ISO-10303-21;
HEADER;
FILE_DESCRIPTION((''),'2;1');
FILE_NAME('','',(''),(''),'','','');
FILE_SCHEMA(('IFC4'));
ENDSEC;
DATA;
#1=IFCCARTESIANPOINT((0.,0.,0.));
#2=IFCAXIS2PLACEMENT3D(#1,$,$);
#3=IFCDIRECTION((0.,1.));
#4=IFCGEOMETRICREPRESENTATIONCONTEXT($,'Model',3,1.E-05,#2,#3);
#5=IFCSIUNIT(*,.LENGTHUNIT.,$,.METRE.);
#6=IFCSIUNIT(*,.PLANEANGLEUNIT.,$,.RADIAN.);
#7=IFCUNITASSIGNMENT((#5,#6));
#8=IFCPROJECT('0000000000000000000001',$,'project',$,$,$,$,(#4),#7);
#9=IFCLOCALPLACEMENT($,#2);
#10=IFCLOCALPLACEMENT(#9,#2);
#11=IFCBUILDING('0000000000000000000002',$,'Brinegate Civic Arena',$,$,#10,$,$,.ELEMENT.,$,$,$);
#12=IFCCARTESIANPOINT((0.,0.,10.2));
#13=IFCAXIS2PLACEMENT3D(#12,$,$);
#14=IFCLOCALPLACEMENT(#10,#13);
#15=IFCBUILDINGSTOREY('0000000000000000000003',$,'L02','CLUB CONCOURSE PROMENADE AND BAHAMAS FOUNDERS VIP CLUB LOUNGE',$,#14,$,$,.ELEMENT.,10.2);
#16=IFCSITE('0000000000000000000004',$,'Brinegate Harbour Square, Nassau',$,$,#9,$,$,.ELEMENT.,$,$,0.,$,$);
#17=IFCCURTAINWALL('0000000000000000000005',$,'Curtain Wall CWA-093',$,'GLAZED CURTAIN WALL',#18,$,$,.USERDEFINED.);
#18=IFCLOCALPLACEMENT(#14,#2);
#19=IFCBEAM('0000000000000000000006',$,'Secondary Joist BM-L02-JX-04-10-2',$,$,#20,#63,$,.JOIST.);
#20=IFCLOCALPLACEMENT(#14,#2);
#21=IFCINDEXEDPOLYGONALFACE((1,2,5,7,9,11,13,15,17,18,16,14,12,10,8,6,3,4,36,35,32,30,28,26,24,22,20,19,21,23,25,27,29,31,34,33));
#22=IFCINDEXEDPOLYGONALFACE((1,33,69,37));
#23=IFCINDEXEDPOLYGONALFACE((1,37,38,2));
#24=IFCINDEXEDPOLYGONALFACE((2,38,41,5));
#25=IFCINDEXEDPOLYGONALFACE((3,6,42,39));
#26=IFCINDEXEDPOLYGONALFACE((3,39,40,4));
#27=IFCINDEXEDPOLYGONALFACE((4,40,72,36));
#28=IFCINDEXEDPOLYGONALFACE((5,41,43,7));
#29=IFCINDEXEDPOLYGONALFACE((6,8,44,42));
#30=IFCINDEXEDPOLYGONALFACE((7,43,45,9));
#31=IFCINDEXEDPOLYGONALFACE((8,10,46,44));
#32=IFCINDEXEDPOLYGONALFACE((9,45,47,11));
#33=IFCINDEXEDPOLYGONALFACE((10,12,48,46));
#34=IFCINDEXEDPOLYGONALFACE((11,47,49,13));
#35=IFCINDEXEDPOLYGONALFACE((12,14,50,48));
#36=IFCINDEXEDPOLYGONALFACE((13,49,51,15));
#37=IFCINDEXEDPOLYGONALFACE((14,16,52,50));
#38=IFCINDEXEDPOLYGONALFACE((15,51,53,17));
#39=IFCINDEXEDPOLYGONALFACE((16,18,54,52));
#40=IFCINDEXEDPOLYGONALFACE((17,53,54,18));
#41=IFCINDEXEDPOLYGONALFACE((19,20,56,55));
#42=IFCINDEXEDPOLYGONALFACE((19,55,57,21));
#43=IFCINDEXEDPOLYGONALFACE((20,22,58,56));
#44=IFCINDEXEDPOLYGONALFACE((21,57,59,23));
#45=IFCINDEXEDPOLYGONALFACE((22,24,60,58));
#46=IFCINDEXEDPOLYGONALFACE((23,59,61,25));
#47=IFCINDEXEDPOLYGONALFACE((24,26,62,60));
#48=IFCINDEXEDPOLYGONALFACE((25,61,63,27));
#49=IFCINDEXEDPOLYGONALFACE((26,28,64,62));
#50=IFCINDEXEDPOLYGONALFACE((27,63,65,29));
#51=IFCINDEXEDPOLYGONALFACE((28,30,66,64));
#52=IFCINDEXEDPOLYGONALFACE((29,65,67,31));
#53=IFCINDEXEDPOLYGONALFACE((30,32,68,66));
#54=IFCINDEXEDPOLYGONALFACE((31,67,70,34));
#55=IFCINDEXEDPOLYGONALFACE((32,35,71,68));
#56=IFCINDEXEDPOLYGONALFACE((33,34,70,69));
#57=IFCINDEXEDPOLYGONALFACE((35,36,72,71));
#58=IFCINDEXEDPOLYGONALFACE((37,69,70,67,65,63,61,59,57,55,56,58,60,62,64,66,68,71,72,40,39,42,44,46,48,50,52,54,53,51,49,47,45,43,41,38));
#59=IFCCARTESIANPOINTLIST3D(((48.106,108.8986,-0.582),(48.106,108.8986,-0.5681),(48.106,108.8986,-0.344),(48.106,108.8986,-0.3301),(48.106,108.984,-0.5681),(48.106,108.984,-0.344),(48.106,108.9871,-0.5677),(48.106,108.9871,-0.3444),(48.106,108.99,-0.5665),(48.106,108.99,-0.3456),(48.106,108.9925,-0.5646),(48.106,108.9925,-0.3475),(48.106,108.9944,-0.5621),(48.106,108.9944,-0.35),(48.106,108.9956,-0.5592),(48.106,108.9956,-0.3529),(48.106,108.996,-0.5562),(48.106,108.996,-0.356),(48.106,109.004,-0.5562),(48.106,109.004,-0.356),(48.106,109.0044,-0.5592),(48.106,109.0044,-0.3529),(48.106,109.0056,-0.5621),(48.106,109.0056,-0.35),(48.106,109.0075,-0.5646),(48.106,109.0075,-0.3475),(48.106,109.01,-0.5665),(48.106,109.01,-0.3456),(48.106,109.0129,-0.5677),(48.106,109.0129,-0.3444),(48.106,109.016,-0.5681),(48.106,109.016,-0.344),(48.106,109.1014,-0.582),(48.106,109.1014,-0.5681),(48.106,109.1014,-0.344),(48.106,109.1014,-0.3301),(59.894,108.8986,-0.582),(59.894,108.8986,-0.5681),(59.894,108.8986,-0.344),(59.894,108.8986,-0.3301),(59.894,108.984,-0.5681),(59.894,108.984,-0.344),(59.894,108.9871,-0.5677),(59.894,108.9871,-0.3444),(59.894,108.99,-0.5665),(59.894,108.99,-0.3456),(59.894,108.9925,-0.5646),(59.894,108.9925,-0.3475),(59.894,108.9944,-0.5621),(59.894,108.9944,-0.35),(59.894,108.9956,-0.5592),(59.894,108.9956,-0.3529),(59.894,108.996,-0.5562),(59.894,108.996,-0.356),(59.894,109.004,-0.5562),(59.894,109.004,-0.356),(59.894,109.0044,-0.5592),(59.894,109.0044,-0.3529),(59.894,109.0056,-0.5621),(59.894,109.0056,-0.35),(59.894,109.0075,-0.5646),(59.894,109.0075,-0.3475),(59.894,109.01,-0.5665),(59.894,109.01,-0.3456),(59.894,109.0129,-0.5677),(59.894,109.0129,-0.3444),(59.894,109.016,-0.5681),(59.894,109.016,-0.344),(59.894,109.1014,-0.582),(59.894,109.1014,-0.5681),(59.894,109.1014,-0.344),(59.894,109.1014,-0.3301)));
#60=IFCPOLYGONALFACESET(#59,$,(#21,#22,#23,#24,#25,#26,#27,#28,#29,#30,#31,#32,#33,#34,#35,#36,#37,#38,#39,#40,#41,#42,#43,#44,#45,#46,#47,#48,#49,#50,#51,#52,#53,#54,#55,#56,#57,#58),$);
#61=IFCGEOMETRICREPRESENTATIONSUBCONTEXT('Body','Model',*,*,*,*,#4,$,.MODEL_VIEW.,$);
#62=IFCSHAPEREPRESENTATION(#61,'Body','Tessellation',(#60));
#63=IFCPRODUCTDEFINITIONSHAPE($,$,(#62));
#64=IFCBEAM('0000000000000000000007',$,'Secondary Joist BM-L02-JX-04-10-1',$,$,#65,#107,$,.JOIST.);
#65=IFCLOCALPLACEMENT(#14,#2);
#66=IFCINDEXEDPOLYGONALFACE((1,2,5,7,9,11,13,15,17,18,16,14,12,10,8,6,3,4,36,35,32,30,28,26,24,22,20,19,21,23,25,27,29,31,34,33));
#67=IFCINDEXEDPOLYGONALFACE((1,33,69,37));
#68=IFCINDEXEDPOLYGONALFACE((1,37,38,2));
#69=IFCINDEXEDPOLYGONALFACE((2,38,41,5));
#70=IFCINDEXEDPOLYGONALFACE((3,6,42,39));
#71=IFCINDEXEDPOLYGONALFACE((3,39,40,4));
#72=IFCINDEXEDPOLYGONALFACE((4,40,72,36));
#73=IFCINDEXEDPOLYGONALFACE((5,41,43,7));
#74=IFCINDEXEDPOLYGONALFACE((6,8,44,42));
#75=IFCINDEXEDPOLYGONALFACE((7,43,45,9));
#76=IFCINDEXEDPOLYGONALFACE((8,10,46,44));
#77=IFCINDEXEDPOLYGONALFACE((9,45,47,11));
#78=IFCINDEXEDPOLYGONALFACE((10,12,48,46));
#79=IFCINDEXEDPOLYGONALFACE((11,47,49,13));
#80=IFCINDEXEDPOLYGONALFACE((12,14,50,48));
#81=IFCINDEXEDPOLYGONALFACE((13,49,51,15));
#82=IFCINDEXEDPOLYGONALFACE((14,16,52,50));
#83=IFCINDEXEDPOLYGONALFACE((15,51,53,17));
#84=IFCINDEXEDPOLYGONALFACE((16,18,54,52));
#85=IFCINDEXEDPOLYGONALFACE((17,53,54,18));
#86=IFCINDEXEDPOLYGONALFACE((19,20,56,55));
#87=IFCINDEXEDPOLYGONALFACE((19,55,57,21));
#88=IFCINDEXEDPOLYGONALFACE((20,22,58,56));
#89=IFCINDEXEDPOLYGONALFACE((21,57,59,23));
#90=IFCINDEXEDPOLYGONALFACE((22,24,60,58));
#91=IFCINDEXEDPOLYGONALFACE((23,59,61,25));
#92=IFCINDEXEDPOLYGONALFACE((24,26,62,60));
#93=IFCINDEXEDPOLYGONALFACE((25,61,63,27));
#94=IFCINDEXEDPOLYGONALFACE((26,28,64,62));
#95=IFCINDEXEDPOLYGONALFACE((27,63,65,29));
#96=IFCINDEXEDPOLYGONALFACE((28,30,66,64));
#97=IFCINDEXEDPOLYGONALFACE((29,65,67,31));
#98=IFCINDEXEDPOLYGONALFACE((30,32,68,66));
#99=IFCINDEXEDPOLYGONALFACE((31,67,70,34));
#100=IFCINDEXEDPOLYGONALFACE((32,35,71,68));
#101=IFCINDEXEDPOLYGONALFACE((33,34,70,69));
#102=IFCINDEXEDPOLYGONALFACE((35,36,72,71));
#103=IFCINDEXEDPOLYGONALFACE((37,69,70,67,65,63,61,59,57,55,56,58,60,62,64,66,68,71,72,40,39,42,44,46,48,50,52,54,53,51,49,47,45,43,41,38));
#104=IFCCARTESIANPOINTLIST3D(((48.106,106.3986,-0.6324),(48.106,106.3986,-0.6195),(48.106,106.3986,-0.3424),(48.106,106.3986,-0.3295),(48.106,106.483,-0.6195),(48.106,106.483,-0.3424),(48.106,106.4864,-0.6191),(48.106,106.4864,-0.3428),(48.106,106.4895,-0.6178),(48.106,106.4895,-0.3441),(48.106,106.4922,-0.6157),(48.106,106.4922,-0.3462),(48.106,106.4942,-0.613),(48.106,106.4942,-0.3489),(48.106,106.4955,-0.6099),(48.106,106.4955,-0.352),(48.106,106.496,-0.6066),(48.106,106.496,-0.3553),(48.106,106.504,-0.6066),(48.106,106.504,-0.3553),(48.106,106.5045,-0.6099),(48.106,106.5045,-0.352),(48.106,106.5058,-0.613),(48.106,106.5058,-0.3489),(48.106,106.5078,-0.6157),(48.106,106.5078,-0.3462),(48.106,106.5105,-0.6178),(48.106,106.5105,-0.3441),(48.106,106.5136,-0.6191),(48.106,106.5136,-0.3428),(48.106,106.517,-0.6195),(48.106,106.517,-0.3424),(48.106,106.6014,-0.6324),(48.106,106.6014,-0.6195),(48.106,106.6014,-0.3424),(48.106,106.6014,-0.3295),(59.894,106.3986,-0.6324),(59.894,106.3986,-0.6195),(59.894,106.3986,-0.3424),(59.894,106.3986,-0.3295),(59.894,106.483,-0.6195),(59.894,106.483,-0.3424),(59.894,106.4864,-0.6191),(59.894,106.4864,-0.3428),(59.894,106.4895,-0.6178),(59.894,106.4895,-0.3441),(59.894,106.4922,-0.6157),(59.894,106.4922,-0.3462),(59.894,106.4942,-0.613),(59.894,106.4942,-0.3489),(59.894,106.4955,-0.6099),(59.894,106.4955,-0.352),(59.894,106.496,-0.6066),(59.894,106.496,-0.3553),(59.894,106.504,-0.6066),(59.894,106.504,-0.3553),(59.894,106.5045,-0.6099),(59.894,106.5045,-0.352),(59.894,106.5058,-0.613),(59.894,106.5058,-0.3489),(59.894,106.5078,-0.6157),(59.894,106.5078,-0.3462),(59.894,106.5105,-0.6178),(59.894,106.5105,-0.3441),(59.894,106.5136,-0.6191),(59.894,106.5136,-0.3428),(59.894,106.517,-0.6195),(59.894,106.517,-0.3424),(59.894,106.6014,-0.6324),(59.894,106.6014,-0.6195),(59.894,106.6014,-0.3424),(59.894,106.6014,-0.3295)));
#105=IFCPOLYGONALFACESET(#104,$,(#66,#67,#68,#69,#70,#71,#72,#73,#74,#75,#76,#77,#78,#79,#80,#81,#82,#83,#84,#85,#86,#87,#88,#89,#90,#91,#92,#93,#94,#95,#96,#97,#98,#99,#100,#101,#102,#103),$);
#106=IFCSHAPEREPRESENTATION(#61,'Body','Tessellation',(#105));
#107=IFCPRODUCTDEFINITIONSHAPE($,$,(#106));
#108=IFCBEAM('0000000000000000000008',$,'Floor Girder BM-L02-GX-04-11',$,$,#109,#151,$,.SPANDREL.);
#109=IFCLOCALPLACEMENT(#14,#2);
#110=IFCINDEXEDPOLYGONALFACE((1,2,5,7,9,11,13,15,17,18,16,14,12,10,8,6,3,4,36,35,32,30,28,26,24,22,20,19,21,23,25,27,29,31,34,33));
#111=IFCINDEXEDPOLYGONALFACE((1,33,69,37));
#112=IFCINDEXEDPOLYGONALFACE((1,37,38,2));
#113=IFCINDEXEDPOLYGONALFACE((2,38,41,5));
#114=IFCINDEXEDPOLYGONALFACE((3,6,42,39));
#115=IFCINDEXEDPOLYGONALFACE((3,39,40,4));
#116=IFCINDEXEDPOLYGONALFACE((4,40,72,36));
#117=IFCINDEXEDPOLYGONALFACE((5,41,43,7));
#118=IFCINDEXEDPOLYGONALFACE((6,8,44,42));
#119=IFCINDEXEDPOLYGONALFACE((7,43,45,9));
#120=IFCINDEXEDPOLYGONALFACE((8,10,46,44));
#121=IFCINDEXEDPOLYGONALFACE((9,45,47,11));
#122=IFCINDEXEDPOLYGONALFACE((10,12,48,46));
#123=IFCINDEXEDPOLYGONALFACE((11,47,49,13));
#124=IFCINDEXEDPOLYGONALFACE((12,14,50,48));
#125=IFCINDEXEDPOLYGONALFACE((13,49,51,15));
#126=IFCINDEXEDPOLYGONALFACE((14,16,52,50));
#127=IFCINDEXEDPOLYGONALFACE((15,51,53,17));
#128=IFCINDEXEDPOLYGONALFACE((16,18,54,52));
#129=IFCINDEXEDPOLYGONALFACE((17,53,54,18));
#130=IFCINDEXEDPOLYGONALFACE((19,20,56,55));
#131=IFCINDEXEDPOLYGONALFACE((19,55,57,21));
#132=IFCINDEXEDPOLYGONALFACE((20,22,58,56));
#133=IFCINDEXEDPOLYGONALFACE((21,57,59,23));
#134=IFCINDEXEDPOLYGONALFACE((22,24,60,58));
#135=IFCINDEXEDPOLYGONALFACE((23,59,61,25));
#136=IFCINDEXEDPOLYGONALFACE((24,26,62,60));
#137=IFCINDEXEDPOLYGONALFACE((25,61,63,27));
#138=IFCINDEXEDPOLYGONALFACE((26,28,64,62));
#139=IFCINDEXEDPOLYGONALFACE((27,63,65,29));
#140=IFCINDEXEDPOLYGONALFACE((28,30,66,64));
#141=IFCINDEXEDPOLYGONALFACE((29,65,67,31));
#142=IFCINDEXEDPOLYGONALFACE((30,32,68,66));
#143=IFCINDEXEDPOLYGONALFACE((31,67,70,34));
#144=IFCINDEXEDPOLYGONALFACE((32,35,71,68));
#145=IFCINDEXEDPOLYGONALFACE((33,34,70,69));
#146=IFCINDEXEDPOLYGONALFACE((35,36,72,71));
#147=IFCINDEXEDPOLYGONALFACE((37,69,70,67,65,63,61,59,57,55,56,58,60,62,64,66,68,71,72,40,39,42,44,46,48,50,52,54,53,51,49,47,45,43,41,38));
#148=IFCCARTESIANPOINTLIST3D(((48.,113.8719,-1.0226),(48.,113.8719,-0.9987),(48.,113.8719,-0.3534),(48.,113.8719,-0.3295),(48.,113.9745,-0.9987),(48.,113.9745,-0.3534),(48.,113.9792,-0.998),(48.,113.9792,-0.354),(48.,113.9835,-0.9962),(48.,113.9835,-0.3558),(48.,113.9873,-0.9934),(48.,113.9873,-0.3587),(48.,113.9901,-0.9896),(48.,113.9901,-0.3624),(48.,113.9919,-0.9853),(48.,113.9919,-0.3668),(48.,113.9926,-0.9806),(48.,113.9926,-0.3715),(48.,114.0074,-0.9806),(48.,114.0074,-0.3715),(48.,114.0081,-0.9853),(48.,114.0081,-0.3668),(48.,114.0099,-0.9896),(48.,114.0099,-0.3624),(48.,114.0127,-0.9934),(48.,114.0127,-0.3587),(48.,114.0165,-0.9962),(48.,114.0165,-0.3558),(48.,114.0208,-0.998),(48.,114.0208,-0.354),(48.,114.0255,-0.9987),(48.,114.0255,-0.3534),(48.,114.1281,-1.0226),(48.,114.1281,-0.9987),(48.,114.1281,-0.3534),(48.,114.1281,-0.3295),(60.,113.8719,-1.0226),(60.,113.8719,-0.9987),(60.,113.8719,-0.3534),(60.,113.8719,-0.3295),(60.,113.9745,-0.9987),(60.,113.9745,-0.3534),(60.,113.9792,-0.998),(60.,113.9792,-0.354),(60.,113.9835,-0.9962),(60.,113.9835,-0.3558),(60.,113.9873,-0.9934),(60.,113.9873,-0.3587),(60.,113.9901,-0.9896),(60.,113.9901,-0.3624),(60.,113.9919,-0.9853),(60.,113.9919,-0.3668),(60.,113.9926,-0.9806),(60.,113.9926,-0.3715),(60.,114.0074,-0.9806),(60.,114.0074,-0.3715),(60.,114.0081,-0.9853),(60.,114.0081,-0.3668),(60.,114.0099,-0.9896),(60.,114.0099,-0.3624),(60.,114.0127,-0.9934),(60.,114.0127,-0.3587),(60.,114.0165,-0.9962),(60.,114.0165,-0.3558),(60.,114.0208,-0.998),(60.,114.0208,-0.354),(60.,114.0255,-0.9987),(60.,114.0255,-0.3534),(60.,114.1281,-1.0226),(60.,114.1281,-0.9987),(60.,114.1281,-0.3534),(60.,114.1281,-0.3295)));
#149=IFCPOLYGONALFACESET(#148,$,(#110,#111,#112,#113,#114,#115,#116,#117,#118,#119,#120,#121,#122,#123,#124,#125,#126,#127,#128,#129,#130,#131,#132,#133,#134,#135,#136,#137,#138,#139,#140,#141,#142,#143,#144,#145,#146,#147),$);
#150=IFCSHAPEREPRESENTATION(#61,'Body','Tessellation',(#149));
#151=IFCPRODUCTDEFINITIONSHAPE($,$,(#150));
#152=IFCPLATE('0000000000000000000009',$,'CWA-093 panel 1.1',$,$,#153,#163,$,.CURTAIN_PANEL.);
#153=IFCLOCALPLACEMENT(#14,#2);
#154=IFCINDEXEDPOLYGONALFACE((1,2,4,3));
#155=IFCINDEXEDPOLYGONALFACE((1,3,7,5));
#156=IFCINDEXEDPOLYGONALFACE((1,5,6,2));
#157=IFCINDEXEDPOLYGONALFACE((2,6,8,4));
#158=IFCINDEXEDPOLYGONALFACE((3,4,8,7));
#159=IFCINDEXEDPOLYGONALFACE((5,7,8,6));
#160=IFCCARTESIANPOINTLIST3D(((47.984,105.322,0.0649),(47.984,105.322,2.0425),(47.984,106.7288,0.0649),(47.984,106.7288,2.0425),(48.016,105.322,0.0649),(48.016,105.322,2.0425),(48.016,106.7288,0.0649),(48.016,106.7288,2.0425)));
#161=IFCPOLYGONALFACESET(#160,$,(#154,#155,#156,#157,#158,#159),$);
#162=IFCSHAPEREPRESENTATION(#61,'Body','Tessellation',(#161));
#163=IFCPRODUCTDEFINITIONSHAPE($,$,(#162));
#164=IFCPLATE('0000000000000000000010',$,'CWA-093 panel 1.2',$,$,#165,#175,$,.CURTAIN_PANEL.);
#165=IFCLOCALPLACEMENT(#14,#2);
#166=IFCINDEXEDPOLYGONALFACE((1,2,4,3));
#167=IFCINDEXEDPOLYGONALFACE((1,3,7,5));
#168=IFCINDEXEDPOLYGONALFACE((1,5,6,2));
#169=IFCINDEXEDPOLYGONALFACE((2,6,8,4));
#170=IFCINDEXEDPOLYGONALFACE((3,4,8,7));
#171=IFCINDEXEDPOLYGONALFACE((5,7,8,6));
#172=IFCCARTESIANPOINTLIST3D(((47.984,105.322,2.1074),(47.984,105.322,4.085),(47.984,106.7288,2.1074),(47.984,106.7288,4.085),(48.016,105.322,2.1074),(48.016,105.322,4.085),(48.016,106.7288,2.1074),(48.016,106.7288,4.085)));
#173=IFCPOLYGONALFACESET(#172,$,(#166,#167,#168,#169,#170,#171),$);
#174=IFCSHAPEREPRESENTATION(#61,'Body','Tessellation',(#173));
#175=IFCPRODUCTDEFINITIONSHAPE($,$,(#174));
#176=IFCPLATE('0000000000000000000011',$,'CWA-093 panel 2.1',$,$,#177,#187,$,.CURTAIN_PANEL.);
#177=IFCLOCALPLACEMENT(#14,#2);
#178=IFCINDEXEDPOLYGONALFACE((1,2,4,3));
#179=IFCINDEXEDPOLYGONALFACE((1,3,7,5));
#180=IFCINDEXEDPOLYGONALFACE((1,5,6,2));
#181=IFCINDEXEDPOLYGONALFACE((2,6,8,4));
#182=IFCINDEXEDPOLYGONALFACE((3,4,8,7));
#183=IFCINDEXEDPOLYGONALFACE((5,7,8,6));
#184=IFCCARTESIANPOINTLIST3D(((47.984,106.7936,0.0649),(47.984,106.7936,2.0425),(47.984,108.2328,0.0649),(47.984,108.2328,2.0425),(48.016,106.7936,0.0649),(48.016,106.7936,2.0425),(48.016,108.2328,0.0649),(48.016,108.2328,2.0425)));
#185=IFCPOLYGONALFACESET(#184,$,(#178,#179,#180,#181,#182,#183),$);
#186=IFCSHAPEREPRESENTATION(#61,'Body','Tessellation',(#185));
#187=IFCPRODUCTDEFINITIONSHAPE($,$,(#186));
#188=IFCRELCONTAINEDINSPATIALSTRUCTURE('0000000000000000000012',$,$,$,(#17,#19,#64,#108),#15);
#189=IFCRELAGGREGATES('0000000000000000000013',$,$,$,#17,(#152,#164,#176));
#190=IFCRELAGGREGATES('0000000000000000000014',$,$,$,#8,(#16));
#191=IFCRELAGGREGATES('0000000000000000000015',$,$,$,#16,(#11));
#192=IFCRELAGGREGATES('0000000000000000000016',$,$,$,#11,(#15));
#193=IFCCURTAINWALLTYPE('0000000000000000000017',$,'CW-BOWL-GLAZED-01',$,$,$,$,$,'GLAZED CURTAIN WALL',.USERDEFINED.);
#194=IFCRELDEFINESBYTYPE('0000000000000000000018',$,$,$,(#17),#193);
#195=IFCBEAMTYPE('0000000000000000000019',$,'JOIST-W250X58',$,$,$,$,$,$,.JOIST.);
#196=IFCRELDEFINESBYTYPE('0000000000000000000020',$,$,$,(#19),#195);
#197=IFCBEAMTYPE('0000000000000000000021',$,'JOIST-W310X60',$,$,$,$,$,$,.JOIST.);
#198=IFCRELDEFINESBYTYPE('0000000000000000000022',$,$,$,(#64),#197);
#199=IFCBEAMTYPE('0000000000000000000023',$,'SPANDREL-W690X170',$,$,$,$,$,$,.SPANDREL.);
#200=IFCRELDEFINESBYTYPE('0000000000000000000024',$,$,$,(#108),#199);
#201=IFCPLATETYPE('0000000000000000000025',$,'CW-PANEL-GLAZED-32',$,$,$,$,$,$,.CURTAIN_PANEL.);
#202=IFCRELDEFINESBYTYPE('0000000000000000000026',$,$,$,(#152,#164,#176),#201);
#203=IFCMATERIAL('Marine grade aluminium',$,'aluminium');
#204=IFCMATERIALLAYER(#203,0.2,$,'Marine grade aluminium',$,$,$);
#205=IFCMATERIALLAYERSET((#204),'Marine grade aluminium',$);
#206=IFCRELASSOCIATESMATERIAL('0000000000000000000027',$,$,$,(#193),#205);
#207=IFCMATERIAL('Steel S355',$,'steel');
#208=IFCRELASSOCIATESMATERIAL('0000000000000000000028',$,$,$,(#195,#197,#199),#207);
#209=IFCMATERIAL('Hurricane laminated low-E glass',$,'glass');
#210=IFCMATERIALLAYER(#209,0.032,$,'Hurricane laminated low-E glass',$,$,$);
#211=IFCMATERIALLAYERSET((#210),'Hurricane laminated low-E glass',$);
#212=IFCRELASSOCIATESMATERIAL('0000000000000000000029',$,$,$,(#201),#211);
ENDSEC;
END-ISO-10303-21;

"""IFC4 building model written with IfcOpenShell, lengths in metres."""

from ifc_helpers import new_model, si_unit, direction, frame, origin, origin_2d, place, context, subcontext, project, spatial, rectangle, i_section, extrude, material, layer, layer_set, material_profile, profile_set, type_object, element, aggregate, save


model = new_model("IFC4")

# Units and contexts
model_context = context("Model", 3, precision=1e-05, world=origin(), true_north=direction((0.0, 1.0)))
body_context = subcontext(model_context, "Body", "Model", "MODEL_VIEW")
ifc_project = project(units=[si_unit("LENGTHUNIT", "METRE"), si_unit("PLANEANGLEUNIT", "RADIAN")], contexts=[model_context])

# Site, building, storey
site_placement = place(None, origin())
site = spatial("IfcSite", under=ifc_project, at=site_placement, Name="Brinegate Harbour Square, Nassau", CompositionType="ELEMENT", RefElevation=0.0)
building_placement = place(site_placement, origin())
building = spatial("IfcBuilding", under=site, at=building_placement, Name="Brinegate Civic Arena", CompositionType="ELEMENT")
storey_placement = place(building_placement, frame((0.0, 0.0, 10.2)))
storey = spatial("IfcBuildingStorey", under=building, at=storey_placement, Name="L02", Description="CLUB CONCOURSE PROMENADE AND BAHAMAS FOUNDERS VIP CLUB LOUNGE", CompositionType="ELEMENT", Elevation=10.2)

# Curtain wall
ifc_material_1 = material(Name="Marine grade aluminium", Category="aluminium")
ifc_layer_1 = layer(ifc_material_1, 0.2, Name="Marine grade aluminium")
ifc_layer_set_1 = layer_set([ifc_layer_1], Name="Marine grade aluminium")
curtain_wall_type = type_object("IfcCurtainWallType", Name="CW-BOWL-GLAZED-01", ElementType="GLAZED CURTAIN WALL", PredefinedType="USERDEFINED", material=ifc_layer_set_1)
curtain_wall_placement = place(storey_placement, origin())
curtain_wall = element("IfcCurtainWall", 1, at=curtain_wall_placement, inside=storey, type_object=curtain_wall_type, Name="Curtain Wall CWA-093", ObjectType="GLAZED CURTAIN WALL", PredefinedType="USERDEFINED")

# Beams
ifc_material_2 = material(Name="Steel S355", Category="steel")
ifc_material_profile_1 = material_profile(ifc_material_2, i_section(OverallWidth=0.2029, OverallDepth=0.252, WebThickness=0.0081, FlangeThickness=0.0139, FilletRadius=0.012, at=origin_2d()), Name="W250X58")
ifc_profile_set_1 = profile_set([ifc_material_profile_1], Name="Steel S355")
beam_type_1 = type_object("IfcBeamType", Name="JOIST-W250X58", PredefinedType="JOIST", material=ifc_profile_set_1)
beam_1_placement = place(storey_placement, frame((48.106, 109.0, -0.4561), z_axis=(1.0, 0.0, 0.0), x_axis=(0.0, 1.0, 0.0)))
element("IfcBeam", 2, at=beam_1_placement, inside=storey, type_object=beam_type_1, Name="Secondary Joist BM-L02-JX-04-10-2", PredefinedType="JOIST", context=body_context, shape_type="SweptSolid", body=[
    extrude(i_section(OverallWidth=0.2029, OverallDepth=0.252, WebThickness=0.0081, FlangeThickness=0.0139, FilletRadius=0.012, at=origin_2d()), origin(), (0.0, 0.0, 1.0), 11.7881),
])
ifc_material_profile_2 = material_profile(ifc_material_2, i_section(OverallWidth=0.2029, OverallDepth=0.303, WebThickness=0.0081, FlangeThickness=0.0129, FilletRadius=0.0129, at=origin_2d()), Name="W310X60")
ifc_profile_set_2 = profile_set([ifc_material_profile_2], Name="Steel S355")
beam_type_2 = type_object("IfcBeamType", Name="JOIST-W310X60", PredefinedType="JOIST", material=ifc_profile_set_2)
beam_2_placement = place(storey_placement, frame((48.106, 106.5, -0.481), z_axis=(1.0, 0.0, 0.0), x_axis=(0.0, 1.0, 0.0)))
element("IfcBeam", 3, at=beam_2_placement, inside=storey, type_object=beam_type_2, Name="Secondary Joist BM-L02-JX-04-10-1", PredefinedType="JOIST", context=body_context, shape_type="SweptSolid", body=[
    extrude(i_section(OverallWidth=0.2029, OverallDepth=0.303, WebThickness=0.0081, FlangeThickness=0.0129, FilletRadius=0.0129, at=origin_2d()), origin(), (0.0, 0.0, 1.0), 11.7881),
])
ifc_material_profile_3 = material_profile(ifc_material_2, i_section(OverallWidth=0.2561, OverallDepth=0.6931, WebThickness=0.0149, FlangeThickness=0.0239, FilletRadius=0.0181, at=origin_2d()), Name="W690X170")
ifc_profile_set_3 = profile_set([ifc_material_profile_3], Name="Steel S355")
beam_type_3 = type_object("IfcBeamType", Name="SPANDREL-W690X170", PredefinedType="SPANDREL", material=ifc_profile_set_3)
beam_3_placement = place(storey_placement, frame((48.0, 114.0, -0.676), z_axis=(1.0, 0.0, 0.0), x_axis=(0.0, 1.0, 0.0)))
element("IfcBeam", 4, at=beam_3_placement, inside=storey, type_object=beam_type_3, Name="Floor Girder BM-L02-GX-04-11", PredefinedType="SPANDREL", context=body_context, shape_type="SweptSolid", body=[
    extrude(i_section(OverallWidth=0.2561, OverallDepth=0.6931, WebThickness=0.0149, FlangeThickness=0.0239, FilletRadius=0.0181, at=origin_2d()), origin(), (0.0, 0.0, 1.0), 12.0),
])

# Plates
ifc_material_3 = material(Name="Hurricane laminated low-E glass", Category="glass")
ifc_layer_2 = layer(ifc_material_3, 0.032, Name="Hurricane laminated low-E glass")
ifc_layer_set_2 = layer_set([ifc_layer_2], Name="Hurricane laminated low-E glass")
plate_type = type_object("IfcPlateType", Name="CW-PANEL-GLAZED-32", PredefinedType="CURTAIN_PANEL", material=ifc_layer_set_2)
plate_1_placement = place(storey_placement, frame((48.0, 106.0254, 0.0649), z_axis=(0.0, 0.0, 1.0), x_axis=(0.0, 1.0, 0.0)))
plate_1 = element("IfcPlate", 5, at=plate_1_placement, type_object=plate_type, Name="CWA-093 panel 1.1", PredefinedType="CURTAIN_PANEL", context=body_context, shape_type="SweptSolid", body=[
    extrude(rectangle(XDim=1.4067, YDim=0.032, at=origin_2d()), origin(), (0.0, 0.0, 1.0), 1.9775),
])
plate_2_placement = place(storey_placement, frame((48.0, 106.0254, 2.1074), z_axis=(0.0, 0.0, 1.0), x_axis=(0.0, 1.0, 0.0)))
plate_2 = element("IfcPlate", 6, at=plate_2_placement, type_object=plate_type, Name="CWA-093 panel 1.2", PredefinedType="CURTAIN_PANEL", context=body_context, shape_type="SweptSolid", body=[
    extrude(rectangle(XDim=1.4067, YDim=0.032, at=origin_2d()), origin(), (0.0, 0.0, 1.0), 1.9775),
])
plate_3_placement = place(storey_placement, frame((48.0, 107.5132, 0.0649), z_axis=(0.0, 0.0, 1.0), x_axis=(0.0, 1.0, 0.0)))
plate_3 = element("IfcPlate", 7, at=plate_3_placement, type_object=plate_type, Name="CWA-093 panel 2.1", PredefinedType="CURTAIN_PANEL", context=body_context, shape_type="SweptSolid", body=[
    extrude(rectangle(XDim=1.4392, YDim=0.032, at=origin_2d()), origin(), (0.0, 0.0, 1.0), 1.9775),
])
aggregate(curtain_wall, [plate_1, plate_2, plate_3])

save(model, "model.ifc")
